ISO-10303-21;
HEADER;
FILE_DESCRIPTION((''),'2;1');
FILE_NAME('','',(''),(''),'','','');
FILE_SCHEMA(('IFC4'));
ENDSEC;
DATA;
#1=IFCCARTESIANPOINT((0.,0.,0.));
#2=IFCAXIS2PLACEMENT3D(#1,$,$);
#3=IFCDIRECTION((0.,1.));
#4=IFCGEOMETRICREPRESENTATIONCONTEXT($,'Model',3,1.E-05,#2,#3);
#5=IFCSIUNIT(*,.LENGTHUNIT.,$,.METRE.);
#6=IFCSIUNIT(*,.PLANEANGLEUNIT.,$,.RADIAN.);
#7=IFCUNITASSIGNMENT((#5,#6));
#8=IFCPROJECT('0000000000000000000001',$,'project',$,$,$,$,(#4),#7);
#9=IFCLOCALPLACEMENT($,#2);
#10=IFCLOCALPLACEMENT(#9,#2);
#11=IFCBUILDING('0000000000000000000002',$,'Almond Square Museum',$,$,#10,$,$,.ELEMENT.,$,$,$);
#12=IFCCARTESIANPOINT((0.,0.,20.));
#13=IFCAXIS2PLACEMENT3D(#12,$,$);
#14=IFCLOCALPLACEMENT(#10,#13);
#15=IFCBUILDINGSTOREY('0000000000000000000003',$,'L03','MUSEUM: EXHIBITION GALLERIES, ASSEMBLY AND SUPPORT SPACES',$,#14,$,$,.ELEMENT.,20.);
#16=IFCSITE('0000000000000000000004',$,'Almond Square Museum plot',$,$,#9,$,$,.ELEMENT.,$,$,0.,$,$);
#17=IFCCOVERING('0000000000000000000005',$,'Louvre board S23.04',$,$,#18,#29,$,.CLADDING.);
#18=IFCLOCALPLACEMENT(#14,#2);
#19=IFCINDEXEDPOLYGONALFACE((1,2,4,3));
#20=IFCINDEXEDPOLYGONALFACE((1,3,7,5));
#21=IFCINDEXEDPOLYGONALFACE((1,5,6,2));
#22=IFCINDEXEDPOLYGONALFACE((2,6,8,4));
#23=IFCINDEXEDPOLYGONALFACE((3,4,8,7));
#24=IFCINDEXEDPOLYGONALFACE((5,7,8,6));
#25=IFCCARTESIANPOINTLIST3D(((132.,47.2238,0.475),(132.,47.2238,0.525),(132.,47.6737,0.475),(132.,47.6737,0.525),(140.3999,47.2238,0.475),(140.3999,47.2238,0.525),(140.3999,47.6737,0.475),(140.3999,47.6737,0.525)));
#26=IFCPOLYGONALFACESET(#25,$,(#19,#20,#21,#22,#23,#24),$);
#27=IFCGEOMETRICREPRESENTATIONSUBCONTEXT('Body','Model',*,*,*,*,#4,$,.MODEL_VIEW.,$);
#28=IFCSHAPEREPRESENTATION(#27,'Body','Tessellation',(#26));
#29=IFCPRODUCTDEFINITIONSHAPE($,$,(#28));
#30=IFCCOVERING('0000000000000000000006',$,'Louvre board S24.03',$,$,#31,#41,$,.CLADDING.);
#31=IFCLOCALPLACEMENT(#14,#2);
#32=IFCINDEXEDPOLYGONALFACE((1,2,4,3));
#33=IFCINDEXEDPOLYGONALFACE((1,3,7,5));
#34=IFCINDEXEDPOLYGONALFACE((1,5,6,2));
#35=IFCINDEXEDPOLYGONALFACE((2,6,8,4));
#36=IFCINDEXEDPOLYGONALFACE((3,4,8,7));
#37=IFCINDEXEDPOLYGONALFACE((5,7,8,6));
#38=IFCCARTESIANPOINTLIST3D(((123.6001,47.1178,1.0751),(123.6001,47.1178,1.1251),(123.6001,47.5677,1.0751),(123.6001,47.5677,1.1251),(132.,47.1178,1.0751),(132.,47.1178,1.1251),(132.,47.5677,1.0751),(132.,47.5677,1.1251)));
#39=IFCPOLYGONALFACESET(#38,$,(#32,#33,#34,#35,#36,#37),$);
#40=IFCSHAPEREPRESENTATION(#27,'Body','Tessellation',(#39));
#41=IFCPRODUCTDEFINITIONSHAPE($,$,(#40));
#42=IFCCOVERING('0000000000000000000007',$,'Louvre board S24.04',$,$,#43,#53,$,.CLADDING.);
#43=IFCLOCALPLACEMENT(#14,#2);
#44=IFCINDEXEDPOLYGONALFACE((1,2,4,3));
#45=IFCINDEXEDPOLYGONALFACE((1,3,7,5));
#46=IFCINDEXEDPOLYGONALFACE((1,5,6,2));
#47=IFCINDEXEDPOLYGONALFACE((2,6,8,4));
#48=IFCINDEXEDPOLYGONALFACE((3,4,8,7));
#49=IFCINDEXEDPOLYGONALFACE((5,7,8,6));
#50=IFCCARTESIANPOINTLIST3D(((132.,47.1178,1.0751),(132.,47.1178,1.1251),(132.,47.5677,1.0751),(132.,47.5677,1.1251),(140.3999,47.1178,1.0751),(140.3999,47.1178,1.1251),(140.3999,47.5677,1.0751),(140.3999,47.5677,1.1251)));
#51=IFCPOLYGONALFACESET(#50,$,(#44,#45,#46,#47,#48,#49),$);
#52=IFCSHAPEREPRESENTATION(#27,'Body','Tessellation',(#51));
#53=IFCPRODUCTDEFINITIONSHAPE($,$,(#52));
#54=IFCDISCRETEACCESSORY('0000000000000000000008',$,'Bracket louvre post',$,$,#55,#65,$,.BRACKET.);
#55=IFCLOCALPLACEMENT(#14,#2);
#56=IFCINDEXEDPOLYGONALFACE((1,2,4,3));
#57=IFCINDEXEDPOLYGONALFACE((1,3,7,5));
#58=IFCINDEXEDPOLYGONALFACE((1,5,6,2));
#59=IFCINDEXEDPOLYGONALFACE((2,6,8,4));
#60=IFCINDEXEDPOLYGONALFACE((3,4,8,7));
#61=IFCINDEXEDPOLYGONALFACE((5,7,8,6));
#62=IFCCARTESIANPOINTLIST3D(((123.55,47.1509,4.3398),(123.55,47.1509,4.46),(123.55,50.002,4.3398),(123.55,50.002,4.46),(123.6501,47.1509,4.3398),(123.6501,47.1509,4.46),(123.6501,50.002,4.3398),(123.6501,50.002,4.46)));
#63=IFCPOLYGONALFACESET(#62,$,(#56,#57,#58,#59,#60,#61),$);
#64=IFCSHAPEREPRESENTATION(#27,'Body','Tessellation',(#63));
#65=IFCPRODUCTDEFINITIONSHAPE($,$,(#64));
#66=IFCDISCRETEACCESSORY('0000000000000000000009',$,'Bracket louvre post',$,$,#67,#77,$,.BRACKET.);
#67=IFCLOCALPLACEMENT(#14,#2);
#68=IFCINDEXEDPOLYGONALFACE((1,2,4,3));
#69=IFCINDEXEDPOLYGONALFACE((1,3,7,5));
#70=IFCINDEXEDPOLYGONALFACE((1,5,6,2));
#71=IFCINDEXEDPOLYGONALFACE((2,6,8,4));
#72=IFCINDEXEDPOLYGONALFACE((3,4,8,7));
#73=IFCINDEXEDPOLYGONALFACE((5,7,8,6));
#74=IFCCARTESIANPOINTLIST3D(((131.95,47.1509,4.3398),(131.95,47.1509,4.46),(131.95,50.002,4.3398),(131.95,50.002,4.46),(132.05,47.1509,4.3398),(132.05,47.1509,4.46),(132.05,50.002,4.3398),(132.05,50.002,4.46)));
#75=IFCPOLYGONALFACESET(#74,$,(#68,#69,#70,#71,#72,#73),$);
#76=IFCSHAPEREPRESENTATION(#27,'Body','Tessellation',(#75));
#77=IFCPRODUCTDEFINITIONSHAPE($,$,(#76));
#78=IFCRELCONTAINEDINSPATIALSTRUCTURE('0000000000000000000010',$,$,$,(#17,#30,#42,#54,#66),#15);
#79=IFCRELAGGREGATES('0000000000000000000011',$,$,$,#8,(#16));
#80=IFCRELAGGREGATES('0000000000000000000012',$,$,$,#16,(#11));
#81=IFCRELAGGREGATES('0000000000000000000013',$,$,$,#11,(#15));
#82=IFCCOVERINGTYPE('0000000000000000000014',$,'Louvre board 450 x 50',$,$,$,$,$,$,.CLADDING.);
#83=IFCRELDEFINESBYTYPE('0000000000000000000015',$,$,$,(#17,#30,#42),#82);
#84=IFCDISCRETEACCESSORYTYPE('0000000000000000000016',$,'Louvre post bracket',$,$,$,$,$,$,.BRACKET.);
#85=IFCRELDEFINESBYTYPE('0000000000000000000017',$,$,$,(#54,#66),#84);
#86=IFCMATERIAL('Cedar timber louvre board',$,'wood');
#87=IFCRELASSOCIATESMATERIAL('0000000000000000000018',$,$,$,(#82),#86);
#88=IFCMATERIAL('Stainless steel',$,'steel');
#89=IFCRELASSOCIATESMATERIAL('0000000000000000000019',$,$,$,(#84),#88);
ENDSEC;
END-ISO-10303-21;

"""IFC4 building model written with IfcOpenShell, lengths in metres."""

from ifc_helpers import new_model, si_unit, direction, frame, origin, origin_2d, place, context, subcontext, project, spatial, rectangle, extrude, material, material_profile, profile_set, type_object, element, save


model = new_model("IFC4")

# Units and contexts
model_context = context("Model", 3, precision=1e-05, world=origin(), true_north=direction((0.0, 1.0)))
body_context = subcontext(model_context, "Body", "Model", "MODEL_VIEW")
ifc_project = project(units=[si_unit("LENGTHUNIT", "METRE"), si_unit("PLANEANGLEUNIT", "RADIAN")], contexts=[model_context])

# Site, building, storey
site_placement = place(None, origin())
site = spatial("IfcSite", under=ifc_project, at=site_placement, Name="Almond Square Museum plot", CompositionType="ELEMENT", RefElevation=0.0)
building_placement = place(site_placement, origin())
building = spatial("IfcBuilding", under=site, at=building_placement, Name="Almond Square Museum", CompositionType="ELEMENT")
storey_placement = place(building_placement, frame((0.0, 0.0, 20.0)))
storey = spatial("IfcBuildingStorey", under=building, at=storey_placement, Name="L03", Description="MUSEUM: EXHIBITION GALLERIES, ASSEMBLY AND SUPPORT SPACES", CompositionType="ELEMENT", Elevation=20.0)

# Coverings
ifc_material_1 = material(Name="Cedar timber louvre board", Category="wood")
ifc_material_profile_1 = material_profile(ifc_material_1, rectangle(XDim=0.45, YDim=0.05, at=origin_2d()))
ifc_profile_set_1 = profile_set([ifc_material_profile_1], Name="Cedar timber louvre board")
covering_type = type_object("IfcCoveringType", Name="Louvre board 450 x 50", PredefinedType="CLADDING", material=ifc_profile_set_1)
for number, where, z_axis, x_axis, name in (
    (1, (132.0, 47.4487, 0.5), (1.0, 0.0, 0.0), (0.0, 1.0, 0.0), "Louvre board S23.04"),
    (2, (123.6001, 47.3428, 1.1001), (1.0, 0.0, 0.0), (0.0, 1.0, 0.0), "Louvre board S24.03"),
    (3, (132.0, 47.3428, 1.1001), (1.0, 0.0, 0.0), (0.0, 1.0, 0.0), "Louvre board S24.04"),
):
    element("IfcCovering", number, at=place(storey_placement, frame(where, z_axis=z_axis, x_axis=x_axis)), inside=storey, type_object=covering_type, Name=name, PredefinedType="CLADDING", context=body_context, shape_type="SweptSolid", body=[
        extrude(rectangle(XDim=0.45, YDim=0.05, at=origin_2d()), origin(), (0.0, 0.0, 1.0), 8.3999),
    ])

# Discrete accessories
ifc_material_2 = material(Name="Stainless steel", Category="steel")
discrete_accessory_type = type_object("IfcDiscreteAccessoryType", Name="Louvre post bracket", PredefinedType="BRACKET", material=ifc_material_2)
for number, where, z_axis, x_axis, name in (
    (4, (123.6001, 48.5764, 4.3398), (0.0, 0.0, 1.0), (1.0, 0.0, 0.0), "Bracket louvre post"),
    (5, (132.0, 48.5764, 4.3398), (0.0, 0.0, 1.0), (1.0, 0.0, 0.0), "Bracket louvre post"),
):
    element("IfcDiscreteAccessory", number, at=place(storey_placement, frame(where, z_axis=z_axis, x_axis=x_axis)), inside=storey, type_object=discrete_accessory_type, Name=name, PredefinedType="BRACKET", context=body_context, shape_type="SweptSolid", body=[
        extrude(rectangle(XDim=0.1001, YDim=2.8511, at=origin_2d()), origin(), (0.0, 0.0, 1.0), 0.1201),
    ])

save(model, "model.ifc")
